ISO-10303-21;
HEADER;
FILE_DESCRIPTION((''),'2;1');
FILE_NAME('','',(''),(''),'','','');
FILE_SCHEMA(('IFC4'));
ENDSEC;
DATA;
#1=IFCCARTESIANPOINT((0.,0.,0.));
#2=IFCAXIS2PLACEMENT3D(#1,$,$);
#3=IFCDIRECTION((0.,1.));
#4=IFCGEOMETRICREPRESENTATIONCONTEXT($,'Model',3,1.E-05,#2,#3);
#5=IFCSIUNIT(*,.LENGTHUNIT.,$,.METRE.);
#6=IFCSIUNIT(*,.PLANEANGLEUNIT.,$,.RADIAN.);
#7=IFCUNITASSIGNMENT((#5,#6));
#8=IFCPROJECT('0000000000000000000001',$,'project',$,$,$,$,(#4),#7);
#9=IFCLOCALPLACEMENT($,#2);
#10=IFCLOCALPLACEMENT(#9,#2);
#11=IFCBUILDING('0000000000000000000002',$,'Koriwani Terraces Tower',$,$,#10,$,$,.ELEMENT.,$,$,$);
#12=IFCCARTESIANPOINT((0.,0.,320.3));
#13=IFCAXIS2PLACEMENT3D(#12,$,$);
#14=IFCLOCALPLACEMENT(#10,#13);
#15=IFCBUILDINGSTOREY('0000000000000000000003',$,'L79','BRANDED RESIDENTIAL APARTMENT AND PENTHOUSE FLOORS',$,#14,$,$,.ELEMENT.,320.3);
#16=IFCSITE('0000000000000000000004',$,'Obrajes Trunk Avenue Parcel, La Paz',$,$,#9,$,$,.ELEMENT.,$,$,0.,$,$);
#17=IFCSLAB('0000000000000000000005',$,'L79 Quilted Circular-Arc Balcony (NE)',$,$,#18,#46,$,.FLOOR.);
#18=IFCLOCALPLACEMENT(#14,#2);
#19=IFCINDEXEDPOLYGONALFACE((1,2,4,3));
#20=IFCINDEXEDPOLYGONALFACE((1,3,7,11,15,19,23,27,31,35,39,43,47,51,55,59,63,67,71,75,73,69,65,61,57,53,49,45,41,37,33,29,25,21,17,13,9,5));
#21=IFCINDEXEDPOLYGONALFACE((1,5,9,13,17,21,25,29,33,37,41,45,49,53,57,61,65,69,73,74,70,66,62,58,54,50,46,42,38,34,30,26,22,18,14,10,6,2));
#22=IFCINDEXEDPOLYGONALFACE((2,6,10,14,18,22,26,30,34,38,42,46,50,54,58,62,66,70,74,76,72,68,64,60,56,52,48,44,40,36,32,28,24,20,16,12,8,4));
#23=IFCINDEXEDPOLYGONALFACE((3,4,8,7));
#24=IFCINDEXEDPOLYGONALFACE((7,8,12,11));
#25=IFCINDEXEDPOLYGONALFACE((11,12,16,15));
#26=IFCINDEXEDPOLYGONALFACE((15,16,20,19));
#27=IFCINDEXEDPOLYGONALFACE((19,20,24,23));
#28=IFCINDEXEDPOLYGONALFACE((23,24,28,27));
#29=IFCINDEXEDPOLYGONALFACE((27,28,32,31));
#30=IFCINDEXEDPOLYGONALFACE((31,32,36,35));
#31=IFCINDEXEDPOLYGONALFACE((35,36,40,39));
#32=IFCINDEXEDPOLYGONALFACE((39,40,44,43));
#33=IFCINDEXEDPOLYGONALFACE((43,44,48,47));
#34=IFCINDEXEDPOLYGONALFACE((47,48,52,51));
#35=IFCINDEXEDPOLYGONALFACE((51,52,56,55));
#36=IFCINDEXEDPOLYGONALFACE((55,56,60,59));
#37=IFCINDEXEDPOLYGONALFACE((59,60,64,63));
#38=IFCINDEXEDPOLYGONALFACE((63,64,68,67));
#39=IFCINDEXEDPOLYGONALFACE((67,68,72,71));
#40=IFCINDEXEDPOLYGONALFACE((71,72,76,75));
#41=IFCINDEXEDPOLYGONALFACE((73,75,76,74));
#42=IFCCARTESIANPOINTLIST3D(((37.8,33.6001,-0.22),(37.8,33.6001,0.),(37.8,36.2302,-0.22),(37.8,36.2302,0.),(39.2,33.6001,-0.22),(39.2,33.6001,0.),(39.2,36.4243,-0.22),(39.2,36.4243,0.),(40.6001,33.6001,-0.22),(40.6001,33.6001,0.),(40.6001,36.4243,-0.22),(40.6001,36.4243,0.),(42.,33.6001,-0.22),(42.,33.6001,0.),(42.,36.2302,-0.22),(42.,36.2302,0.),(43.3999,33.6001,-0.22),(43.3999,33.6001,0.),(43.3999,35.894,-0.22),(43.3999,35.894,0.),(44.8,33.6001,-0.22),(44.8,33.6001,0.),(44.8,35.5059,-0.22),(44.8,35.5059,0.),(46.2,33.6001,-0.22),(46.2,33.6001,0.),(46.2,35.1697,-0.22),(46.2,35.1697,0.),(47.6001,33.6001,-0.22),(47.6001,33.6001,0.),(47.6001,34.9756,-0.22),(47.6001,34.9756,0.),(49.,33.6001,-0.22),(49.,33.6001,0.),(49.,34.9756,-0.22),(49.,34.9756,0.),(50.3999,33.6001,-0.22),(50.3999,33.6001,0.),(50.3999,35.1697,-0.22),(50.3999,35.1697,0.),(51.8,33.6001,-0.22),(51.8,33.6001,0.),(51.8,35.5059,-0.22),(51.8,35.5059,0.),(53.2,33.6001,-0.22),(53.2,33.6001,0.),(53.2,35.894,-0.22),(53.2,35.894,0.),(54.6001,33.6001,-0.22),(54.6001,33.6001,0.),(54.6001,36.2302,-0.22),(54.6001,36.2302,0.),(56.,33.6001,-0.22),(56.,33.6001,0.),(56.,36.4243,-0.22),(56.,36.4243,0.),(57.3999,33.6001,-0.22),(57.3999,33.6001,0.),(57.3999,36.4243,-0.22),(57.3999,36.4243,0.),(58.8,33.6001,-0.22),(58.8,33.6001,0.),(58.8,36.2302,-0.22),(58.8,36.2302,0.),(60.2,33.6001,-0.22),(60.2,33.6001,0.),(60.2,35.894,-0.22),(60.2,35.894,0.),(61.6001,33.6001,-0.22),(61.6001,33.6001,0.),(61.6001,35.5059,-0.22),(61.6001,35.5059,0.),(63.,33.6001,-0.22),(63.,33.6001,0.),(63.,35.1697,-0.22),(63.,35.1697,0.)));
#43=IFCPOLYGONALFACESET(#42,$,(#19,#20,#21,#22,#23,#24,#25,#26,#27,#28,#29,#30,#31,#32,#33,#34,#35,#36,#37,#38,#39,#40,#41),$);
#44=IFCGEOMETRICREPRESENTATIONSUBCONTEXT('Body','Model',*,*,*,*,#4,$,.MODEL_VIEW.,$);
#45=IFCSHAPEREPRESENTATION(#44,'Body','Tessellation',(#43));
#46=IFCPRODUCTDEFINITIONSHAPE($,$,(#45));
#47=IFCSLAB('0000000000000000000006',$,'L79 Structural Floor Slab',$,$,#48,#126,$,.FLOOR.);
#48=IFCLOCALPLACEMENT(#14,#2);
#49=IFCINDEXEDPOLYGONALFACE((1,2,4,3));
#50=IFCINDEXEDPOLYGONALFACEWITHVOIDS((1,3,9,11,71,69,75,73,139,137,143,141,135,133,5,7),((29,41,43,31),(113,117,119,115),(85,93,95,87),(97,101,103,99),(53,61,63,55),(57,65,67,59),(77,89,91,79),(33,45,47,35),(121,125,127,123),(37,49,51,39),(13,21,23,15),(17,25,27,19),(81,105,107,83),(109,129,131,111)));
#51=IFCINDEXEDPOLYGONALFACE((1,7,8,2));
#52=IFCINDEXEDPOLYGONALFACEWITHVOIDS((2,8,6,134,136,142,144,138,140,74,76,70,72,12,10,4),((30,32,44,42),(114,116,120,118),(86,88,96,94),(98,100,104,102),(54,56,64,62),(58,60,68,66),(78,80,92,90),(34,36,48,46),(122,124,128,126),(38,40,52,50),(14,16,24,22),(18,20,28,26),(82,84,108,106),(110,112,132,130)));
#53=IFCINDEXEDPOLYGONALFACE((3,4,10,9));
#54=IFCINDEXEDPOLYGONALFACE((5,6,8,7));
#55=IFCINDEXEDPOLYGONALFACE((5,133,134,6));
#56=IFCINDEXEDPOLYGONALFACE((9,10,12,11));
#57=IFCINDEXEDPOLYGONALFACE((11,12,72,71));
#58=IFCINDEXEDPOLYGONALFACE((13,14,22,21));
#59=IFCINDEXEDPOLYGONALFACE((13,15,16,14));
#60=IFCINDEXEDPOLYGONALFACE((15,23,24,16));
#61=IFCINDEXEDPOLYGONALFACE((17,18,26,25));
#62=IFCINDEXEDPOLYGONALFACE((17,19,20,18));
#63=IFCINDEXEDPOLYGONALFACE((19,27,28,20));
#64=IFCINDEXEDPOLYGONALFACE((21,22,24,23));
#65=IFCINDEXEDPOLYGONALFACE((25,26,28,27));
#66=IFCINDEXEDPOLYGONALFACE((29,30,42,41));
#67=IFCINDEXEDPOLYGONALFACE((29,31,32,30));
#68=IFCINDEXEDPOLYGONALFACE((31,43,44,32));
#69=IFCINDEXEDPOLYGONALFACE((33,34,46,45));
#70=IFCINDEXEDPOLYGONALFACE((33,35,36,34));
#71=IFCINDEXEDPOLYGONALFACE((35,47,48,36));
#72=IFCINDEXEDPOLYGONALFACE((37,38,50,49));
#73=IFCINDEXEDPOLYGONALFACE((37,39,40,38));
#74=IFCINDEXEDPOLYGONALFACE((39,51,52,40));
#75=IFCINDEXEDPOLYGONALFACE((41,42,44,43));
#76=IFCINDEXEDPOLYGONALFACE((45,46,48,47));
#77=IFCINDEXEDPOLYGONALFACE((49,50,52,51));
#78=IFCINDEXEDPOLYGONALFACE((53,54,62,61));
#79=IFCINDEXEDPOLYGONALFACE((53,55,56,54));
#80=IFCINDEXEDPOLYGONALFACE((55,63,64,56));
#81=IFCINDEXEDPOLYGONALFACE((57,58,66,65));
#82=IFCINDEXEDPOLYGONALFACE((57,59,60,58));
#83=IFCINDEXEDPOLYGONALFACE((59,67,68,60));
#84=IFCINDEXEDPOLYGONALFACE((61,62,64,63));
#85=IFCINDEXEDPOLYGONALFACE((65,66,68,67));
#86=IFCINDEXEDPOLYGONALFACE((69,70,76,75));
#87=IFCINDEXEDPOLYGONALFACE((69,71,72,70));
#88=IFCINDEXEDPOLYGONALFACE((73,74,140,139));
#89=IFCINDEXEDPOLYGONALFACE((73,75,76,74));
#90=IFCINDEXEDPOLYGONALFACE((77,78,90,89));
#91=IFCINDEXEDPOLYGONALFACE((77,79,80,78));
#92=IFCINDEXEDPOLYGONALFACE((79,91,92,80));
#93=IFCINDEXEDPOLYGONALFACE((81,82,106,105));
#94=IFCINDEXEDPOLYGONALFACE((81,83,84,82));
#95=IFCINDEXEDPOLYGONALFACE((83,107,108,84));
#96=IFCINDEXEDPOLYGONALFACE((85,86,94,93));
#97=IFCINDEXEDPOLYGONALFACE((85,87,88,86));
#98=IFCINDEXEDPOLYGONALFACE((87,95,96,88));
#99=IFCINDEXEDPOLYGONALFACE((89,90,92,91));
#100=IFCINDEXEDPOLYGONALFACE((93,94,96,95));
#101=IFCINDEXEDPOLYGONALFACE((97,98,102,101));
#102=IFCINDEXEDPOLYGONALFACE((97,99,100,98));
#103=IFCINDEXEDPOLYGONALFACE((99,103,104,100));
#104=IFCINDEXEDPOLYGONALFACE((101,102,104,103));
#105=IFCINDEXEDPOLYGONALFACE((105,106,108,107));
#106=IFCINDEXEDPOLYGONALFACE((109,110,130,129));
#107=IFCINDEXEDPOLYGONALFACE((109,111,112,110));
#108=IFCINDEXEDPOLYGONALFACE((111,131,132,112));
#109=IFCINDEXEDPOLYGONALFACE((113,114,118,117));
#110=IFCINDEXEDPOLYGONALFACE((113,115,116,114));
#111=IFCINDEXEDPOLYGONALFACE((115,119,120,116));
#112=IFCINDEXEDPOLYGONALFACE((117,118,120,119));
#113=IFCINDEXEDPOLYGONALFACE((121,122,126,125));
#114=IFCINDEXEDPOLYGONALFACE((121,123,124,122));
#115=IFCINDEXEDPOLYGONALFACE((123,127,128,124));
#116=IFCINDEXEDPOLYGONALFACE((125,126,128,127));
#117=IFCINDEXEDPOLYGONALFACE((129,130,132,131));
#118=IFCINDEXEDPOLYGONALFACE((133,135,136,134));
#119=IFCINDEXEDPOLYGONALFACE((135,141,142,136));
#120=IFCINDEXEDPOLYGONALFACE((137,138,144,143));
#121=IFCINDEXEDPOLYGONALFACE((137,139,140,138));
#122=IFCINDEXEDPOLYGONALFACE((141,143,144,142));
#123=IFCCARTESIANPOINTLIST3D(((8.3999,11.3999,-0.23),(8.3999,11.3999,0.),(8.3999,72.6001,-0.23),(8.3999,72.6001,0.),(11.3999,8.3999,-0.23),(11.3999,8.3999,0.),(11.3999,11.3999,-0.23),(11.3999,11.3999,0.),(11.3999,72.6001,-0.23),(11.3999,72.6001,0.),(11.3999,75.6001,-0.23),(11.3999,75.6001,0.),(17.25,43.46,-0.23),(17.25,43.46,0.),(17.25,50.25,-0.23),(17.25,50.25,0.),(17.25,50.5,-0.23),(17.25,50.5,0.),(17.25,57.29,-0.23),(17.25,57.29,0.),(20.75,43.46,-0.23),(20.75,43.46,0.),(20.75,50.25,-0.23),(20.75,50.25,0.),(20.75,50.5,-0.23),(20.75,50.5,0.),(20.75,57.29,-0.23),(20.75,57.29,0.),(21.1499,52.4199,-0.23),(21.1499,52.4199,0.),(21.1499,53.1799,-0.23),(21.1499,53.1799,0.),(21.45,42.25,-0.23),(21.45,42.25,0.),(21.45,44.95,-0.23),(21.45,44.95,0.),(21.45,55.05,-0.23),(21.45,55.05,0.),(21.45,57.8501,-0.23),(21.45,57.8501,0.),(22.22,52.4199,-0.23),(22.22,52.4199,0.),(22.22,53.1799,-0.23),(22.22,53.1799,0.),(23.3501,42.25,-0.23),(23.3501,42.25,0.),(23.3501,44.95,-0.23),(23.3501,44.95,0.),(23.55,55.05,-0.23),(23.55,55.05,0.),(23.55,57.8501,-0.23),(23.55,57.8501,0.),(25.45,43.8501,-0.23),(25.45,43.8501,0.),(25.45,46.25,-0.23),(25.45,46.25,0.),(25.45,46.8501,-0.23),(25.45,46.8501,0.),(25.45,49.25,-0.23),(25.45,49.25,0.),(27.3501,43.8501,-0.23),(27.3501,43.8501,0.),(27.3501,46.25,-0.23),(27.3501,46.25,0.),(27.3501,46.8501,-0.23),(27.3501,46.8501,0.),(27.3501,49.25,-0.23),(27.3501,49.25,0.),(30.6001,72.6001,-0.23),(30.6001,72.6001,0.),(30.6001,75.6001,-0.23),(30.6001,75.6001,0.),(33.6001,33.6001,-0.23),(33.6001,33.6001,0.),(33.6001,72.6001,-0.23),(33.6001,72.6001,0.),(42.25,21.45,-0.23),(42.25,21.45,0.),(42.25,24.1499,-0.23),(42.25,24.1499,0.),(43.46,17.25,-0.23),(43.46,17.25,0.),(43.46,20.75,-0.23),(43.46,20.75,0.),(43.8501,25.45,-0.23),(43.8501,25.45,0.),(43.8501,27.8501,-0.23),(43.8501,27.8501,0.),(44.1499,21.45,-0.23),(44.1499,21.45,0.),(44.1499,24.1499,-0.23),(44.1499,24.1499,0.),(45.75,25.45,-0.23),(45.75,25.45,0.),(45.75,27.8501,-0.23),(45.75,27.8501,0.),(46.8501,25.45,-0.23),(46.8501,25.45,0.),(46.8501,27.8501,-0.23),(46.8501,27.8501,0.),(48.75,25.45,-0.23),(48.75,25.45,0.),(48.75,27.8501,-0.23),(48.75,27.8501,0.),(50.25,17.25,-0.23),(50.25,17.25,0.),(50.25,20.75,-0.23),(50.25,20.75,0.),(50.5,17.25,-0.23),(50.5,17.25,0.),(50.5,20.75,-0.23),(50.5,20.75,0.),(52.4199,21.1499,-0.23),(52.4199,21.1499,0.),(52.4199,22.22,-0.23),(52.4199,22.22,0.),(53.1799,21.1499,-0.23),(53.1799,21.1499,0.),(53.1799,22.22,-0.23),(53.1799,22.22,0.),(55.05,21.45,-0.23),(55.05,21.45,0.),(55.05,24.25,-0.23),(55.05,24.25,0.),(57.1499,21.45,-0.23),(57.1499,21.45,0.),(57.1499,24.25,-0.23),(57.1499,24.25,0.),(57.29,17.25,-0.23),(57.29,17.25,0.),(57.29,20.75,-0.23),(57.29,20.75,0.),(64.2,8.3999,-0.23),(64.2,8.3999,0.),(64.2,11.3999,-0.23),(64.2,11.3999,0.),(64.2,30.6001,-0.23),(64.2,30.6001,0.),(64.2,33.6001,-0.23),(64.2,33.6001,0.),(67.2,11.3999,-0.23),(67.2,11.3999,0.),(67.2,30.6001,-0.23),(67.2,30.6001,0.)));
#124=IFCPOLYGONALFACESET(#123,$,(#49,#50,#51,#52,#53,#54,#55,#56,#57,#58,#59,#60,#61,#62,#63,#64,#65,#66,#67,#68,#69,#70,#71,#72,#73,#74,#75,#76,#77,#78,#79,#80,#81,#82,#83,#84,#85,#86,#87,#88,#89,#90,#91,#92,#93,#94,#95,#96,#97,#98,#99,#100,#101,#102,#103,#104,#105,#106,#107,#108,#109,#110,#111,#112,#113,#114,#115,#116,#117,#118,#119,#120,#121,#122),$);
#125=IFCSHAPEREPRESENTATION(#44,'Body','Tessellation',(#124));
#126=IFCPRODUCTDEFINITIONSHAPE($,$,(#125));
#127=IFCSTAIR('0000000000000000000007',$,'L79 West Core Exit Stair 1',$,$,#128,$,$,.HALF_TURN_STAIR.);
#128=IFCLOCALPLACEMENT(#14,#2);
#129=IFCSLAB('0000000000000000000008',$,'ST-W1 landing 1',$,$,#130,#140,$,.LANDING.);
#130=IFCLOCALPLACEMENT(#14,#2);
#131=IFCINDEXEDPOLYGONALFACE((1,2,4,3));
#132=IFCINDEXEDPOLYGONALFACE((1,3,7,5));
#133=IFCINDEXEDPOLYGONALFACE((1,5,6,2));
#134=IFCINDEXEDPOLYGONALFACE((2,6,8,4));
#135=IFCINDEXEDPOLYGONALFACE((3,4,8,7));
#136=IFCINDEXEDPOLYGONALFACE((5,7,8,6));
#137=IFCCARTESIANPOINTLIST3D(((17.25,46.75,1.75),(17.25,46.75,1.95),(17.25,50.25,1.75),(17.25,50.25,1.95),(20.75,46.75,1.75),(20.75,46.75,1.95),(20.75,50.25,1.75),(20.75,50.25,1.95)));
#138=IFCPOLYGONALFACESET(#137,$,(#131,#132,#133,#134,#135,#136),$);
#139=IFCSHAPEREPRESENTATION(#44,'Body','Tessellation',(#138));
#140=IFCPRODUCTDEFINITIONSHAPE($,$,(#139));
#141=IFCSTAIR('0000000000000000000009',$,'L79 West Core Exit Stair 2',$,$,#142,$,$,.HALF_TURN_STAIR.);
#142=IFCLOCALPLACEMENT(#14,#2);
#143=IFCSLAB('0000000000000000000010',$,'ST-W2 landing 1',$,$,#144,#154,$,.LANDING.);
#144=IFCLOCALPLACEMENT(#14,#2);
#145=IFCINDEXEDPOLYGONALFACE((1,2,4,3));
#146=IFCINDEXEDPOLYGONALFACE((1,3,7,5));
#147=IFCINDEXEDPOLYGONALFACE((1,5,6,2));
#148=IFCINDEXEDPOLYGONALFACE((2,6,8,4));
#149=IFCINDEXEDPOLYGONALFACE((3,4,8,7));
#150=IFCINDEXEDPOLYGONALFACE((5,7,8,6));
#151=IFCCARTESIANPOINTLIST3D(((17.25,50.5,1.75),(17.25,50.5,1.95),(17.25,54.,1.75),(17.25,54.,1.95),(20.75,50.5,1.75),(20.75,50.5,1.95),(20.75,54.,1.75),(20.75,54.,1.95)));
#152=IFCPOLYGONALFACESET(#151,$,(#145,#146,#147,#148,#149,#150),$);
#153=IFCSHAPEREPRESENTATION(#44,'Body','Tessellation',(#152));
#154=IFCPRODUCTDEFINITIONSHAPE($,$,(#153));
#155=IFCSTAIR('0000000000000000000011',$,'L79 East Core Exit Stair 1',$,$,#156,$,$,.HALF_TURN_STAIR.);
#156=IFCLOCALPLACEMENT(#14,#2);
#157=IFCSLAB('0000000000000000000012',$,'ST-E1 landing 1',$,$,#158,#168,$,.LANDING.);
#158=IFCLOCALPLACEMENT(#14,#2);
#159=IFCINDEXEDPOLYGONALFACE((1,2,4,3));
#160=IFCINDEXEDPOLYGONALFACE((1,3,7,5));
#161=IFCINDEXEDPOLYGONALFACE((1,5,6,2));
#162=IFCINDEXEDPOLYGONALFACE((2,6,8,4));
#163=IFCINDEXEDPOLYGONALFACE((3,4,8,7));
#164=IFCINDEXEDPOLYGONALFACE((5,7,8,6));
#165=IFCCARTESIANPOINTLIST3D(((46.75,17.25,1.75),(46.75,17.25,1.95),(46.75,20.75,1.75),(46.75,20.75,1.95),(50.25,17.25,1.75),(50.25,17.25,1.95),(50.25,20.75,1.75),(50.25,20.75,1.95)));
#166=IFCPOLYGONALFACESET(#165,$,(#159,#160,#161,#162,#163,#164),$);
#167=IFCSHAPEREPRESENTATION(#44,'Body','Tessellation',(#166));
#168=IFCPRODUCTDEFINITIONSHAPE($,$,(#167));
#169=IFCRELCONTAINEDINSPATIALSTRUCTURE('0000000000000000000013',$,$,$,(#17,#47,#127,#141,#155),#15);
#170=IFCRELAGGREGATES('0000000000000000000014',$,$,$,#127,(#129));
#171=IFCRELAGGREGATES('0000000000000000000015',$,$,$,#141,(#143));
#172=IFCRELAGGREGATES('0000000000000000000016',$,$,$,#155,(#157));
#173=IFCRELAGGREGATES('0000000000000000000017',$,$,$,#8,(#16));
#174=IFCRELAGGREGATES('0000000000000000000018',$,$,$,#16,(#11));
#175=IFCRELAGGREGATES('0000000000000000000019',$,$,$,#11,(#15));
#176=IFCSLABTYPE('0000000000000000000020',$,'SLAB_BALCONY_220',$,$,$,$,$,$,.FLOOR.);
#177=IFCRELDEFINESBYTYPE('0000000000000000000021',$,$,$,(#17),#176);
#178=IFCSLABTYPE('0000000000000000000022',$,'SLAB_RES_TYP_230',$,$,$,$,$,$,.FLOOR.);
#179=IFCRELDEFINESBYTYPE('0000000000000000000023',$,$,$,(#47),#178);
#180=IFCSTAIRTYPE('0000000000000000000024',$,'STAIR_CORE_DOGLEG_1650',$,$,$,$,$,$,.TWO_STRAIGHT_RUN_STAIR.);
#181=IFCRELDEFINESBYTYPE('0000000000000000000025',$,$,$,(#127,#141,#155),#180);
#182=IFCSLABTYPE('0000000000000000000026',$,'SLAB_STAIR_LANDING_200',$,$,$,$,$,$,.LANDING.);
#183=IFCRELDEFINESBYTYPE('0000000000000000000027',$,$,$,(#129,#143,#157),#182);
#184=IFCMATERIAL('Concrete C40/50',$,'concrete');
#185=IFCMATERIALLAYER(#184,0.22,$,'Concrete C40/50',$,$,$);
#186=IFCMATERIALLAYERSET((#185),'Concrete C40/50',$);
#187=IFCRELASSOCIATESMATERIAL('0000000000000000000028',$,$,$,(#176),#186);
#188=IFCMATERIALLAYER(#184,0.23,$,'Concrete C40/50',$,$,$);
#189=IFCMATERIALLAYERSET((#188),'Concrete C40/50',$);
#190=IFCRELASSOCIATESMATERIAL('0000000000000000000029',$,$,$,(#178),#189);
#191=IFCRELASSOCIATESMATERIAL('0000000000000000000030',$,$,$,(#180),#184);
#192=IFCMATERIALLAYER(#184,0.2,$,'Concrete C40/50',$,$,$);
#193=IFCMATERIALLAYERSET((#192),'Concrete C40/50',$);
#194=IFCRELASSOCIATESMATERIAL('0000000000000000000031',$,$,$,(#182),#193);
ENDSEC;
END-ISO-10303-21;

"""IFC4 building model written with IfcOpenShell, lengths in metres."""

from ifc_helpers import new_model, si_unit, direction, frame, origin, place, context, subcontext, project, spatial, polyline, outline, extrude, material, layer, layer_set, type_object, element, aggregate, save


model = new_model("IFC4")

# Units and contexts
model_context = context("Model", 3, precision=1e-05, world=origin(), true_north=direction((0.0, 1.0)))
body_context = subcontext(model_context, "Body", "Model", "MODEL_VIEW")
ifc_project = project(units=[si_unit("LENGTHUNIT", "METRE"), si_unit("PLANEANGLEUNIT", "RADIAN")], contexts=[model_context])

# Site, building, storey
site_placement = place(None, origin())
site = spatial("IfcSite", under=ifc_project, at=site_placement, Name="Obrajes Trunk Avenue Parcel, La Paz", CompositionType="ELEMENT", RefElevation=0.0)
building_placement = place(site_placement, origin())
building = spatial("IfcBuilding", under=site, at=building_placement, Name="Koriwani Terraces Tower", CompositionType="ELEMENT")
storey_placement = place(building_placement, frame((0.0, 0.0, 320.3)))
storey = spatial("IfcBuildingStorey", under=building, at=storey_placement, Name="L79", Description="BRANDED RESIDENTIAL APARTMENT AND PENTHOUSE FLOORS", CompositionType="ELEMENT", Elevation=320.3)

# Shared definitions
ifc_material_1 = material(Name="Concrete C40/50", Category="concrete")

# Slabs
ifc_layer_1 = layer(ifc_material_1, 0.22, Name="Concrete C40/50")
ifc_layer_set_1 = layer_set([ifc_layer_1], Name="Concrete C40/50")
slab_type_1 = type_object("IfcSlabType", Name="SLAB_BALCONY_220", PredefinedType="FLOOR", material=ifc_layer_set_1)
slab_1_placement = place(storey_placement, frame((0.0, 0.0, -0.22)))
element("IfcSlab", 1, at=slab_1_placement, inside=storey, type_object=slab_type_1, Name="L79 Quilted Circular-Arc Balcony (NE)", PredefinedType="FLOOR", context=body_context, shape_type="SweptSolid", body=[
    extrude(outline(polyline([(63.0, 33.6001), (61.6001, 33.6001), (60.2, 33.6001), (58.8, 33.6001), (57.3999, 33.6001), (56.0, 33.6001), (54.6001, 33.6001), (53.2, 33.6001), (51.8, 33.6001), (50.3999, 33.6001), (49.0, 33.6001), (47.6001, 33.6001), (46.2, 33.6001), (44.8, 33.6001), (43.3999, 33.6001), (42.0, 33.6001), (40.6001, 33.6001), (39.2, 33.6001), (37.8, 33.6001), (37.8, 36.2302), (39.2, 36.4243), (40.6001, 36.4243), (42.0, 36.2302), (43.3999, 35.894), (44.8, 35.5059), (46.2, 35.1697), (47.6001, 34.9756), (49.0, 34.9756), (50.3999, 35.1697), (51.8, 35.5059), (53.2, 35.894), (54.6001, 36.2302), (56.0, 36.4243), (57.3999, 36.4243), (58.8, 36.2302), (60.2, 35.894), (61.6001, 35.5059), (63.0, 35.1697), (63.0, 33.6001)])), origin(), (0.0, 0.0, 1.0), 0.22),
])
ifc_layer_2 = layer(ifc_material_1, 0.23, Name="Concrete C40/50")
ifc_layer_set_2 = layer_set([ifc_layer_2], Name="Concrete C40/50")
slab_type_2 = type_object("IfcSlabType", Name="SLAB_RES_TYP_230", PredefinedType="FLOOR", material=ifc_layer_set_2)
slab_2_placement = place(storey_placement, frame((0.0, 0.0, -0.23)))
element("IfcSlab", 2, at=slab_2_placement, inside=storey, type_object=slab_type_2, Name="L79 Structural Floor Slab", PredefinedType="FLOOR", context=body_context, shape_type="SweptSolid", body=[
    extrude(outline(polyline([(11.3999, 8.3999), (64.2, 8.3999), (64.2, 11.3999), (67.2, 11.3999), (67.2, 30.6001), (64.2, 30.6001), (64.2, 33.6001), (33.6001, 33.6001), (33.6001, 72.6001), (30.6001, 72.6001), (30.6001, 75.6001), (11.3999, 75.6001), (11.3999, 72.6001), (8.3999, 72.6001), (8.3999, 11.3999), (11.3999, 11.3999), (11.3999, 8.3999)]), holes=[polyline([(17.25, 43.46), (20.75, 43.46), (20.75, 50.25), (17.25, 50.25), (17.25, 43.46)]), polyline([(17.25, 50.5), (20.75, 50.5), (20.75, 57.29), (17.25, 57.29), (17.25, 50.5)]), polyline([(43.46, 17.25), (50.25, 17.25), (50.25, 20.75), (43.46, 20.75), (43.46, 17.25)]), polyline([(50.5, 17.25), (57.29, 17.25), (57.29, 20.75), (50.5, 20.75), (50.5, 17.25)]), polyline([(25.45, 43.8501), (27.3501, 43.8501), (27.3501, 46.25), (25.45, 46.25), (25.45, 43.8501)]), polyline([(25.45, 46.8501), (27.3501, 46.8501), (27.3501, 49.25), (25.45, 49.25), (25.45, 46.8501)]), polyline([(43.8501, 25.45), (45.75, 25.45), (45.75, 27.8501), (43.8501, 27.8501), (43.8501, 25.45)]), polyline([(46.8501, 25.45), (48.75, 25.45), (48.75, 27.8501), (46.8501, 27.8501), (46.8501, 25.45)]), polyline([(21.45, 55.05), (23.55, 55.05), (23.55, 57.8501), (21.45, 57.8501), (21.45, 55.05)]), polyline([(55.05, 21.45), (57.1499, 21.45), (57.1499, 24.25), (55.05, 24.25), (55.05, 21.45)]), polyline([(21.45, 42.25), (23.3501, 42.25), (23.3501, 44.95), (21.45, 44.95), (21.45, 42.25)]), polyline([(42.25, 21.45), (44.1499, 21.45), (44.1499, 24.1499), (42.25, 24.1499), (42.25, 21.45)]), polyline([(21.1499, 52.4199), (22.22, 52.4199), (22.22, 53.1799), (21.1499, 53.1799), (21.1499, 52.4199)]), polyline([(52.4199, 21.1499), (53.1799, 21.1499), (53.1799, 22.22), (52.4199, 22.22), (52.4199, 21.1499)])]), origin(), (0.0, 0.0, 1.0), 0.23),
])

# Stairs, slabs
stair_type = type_object("IfcStairType", Name="STAIR_CORE_DOGLEG_1650", PredefinedType="TWO_STRAIGHT_RUN_STAIR", material=ifc_material_1)
stair_1_placement = place(storey_placement, origin())
stair_1 = element("IfcStair", 3, at=stair_1_placement, inside=storey, type_object=stair_type, Name="L79 West Core Exit Stair 1", PredefinedType="HALF_TURN_STAIR")
ifc_layer_3 = layer(ifc_material_1, 0.2, Name="Concrete C40/50")
ifc_layer_set_3 = layer_set([ifc_layer_3], Name="Concrete C40/50")
slab_type_3 = type_object("IfcSlabType", Name="SLAB_STAIR_LANDING_200", PredefinedType="LANDING", material=ifc_layer_set_3)
slab_3_placement = place(storey_placement, frame((0.0, 0.0, 1.75)))
slab_3 = element("IfcSlab", 4, at=slab_3_placement, type_object=slab_type_3, Name="ST-W1 landing 1", PredefinedType="LANDING", context=body_context, shape_type="SweptSolid", body=[
    extrude(outline(polyline([(20.75, 46.75), (20.75, 50.25), (17.25, 50.25), (17.25, 46.75), (20.75, 46.75)])), origin(), (0.0, 0.0, 1.0), 0.2),
])
aggregate(stair_1, [slab_3])
stair_2_placement = place(storey_placement, origin())
stair_2 = element("IfcStair", 5, at=stair_2_placement, inside=storey, type_object=stair_type, Name="L79 West Core Exit Stair 2", PredefinedType="HALF_TURN_STAIR")
slab_4_placement = place(storey_placement, frame((0.0, 0.0, 1.75)))
slab_4 = element("IfcSlab", 6, at=slab_4_placement, type_object=slab_type_3, Name="ST-W2 landing 1", PredefinedType="LANDING", context=body_context, shape_type="SweptSolid", body=[
    extrude(outline(polyline([(17.25, 54.0), (17.25, 50.5), (20.75, 50.5), (20.75, 54.0), (17.25, 54.0)])), origin(), (0.0, 0.0, 1.0), 0.2),
])
aggregate(stair_2, [slab_4])
stair_3_placement = place(storey_placement, origin())
stair_3 = element("IfcStair", 7, at=stair_3_placement, inside=storey, type_object=stair_type, Name="L79 East Core Exit Stair 1", PredefinedType="HALF_TURN_STAIR")
slab_5_placement = place(storey_placement, frame((0.0, 0.0, 1.75)))
slab_5 = element("IfcSlab", 8, at=slab_5_placement, type_object=slab_type_3, Name="ST-E1 landing 1", PredefinedType="LANDING", context=body_context, shape_type="SweptSolid", body=[
    extrude(outline(polyline([(46.75, 17.25), (50.25, 17.25), (50.25, 20.75), (46.75, 20.75), (46.75, 17.25)])), origin(), (0.0, 0.0, 1.0), 0.2),
])
aggregate(stair_3, [slab_5])

save(model, "model.ifc")
